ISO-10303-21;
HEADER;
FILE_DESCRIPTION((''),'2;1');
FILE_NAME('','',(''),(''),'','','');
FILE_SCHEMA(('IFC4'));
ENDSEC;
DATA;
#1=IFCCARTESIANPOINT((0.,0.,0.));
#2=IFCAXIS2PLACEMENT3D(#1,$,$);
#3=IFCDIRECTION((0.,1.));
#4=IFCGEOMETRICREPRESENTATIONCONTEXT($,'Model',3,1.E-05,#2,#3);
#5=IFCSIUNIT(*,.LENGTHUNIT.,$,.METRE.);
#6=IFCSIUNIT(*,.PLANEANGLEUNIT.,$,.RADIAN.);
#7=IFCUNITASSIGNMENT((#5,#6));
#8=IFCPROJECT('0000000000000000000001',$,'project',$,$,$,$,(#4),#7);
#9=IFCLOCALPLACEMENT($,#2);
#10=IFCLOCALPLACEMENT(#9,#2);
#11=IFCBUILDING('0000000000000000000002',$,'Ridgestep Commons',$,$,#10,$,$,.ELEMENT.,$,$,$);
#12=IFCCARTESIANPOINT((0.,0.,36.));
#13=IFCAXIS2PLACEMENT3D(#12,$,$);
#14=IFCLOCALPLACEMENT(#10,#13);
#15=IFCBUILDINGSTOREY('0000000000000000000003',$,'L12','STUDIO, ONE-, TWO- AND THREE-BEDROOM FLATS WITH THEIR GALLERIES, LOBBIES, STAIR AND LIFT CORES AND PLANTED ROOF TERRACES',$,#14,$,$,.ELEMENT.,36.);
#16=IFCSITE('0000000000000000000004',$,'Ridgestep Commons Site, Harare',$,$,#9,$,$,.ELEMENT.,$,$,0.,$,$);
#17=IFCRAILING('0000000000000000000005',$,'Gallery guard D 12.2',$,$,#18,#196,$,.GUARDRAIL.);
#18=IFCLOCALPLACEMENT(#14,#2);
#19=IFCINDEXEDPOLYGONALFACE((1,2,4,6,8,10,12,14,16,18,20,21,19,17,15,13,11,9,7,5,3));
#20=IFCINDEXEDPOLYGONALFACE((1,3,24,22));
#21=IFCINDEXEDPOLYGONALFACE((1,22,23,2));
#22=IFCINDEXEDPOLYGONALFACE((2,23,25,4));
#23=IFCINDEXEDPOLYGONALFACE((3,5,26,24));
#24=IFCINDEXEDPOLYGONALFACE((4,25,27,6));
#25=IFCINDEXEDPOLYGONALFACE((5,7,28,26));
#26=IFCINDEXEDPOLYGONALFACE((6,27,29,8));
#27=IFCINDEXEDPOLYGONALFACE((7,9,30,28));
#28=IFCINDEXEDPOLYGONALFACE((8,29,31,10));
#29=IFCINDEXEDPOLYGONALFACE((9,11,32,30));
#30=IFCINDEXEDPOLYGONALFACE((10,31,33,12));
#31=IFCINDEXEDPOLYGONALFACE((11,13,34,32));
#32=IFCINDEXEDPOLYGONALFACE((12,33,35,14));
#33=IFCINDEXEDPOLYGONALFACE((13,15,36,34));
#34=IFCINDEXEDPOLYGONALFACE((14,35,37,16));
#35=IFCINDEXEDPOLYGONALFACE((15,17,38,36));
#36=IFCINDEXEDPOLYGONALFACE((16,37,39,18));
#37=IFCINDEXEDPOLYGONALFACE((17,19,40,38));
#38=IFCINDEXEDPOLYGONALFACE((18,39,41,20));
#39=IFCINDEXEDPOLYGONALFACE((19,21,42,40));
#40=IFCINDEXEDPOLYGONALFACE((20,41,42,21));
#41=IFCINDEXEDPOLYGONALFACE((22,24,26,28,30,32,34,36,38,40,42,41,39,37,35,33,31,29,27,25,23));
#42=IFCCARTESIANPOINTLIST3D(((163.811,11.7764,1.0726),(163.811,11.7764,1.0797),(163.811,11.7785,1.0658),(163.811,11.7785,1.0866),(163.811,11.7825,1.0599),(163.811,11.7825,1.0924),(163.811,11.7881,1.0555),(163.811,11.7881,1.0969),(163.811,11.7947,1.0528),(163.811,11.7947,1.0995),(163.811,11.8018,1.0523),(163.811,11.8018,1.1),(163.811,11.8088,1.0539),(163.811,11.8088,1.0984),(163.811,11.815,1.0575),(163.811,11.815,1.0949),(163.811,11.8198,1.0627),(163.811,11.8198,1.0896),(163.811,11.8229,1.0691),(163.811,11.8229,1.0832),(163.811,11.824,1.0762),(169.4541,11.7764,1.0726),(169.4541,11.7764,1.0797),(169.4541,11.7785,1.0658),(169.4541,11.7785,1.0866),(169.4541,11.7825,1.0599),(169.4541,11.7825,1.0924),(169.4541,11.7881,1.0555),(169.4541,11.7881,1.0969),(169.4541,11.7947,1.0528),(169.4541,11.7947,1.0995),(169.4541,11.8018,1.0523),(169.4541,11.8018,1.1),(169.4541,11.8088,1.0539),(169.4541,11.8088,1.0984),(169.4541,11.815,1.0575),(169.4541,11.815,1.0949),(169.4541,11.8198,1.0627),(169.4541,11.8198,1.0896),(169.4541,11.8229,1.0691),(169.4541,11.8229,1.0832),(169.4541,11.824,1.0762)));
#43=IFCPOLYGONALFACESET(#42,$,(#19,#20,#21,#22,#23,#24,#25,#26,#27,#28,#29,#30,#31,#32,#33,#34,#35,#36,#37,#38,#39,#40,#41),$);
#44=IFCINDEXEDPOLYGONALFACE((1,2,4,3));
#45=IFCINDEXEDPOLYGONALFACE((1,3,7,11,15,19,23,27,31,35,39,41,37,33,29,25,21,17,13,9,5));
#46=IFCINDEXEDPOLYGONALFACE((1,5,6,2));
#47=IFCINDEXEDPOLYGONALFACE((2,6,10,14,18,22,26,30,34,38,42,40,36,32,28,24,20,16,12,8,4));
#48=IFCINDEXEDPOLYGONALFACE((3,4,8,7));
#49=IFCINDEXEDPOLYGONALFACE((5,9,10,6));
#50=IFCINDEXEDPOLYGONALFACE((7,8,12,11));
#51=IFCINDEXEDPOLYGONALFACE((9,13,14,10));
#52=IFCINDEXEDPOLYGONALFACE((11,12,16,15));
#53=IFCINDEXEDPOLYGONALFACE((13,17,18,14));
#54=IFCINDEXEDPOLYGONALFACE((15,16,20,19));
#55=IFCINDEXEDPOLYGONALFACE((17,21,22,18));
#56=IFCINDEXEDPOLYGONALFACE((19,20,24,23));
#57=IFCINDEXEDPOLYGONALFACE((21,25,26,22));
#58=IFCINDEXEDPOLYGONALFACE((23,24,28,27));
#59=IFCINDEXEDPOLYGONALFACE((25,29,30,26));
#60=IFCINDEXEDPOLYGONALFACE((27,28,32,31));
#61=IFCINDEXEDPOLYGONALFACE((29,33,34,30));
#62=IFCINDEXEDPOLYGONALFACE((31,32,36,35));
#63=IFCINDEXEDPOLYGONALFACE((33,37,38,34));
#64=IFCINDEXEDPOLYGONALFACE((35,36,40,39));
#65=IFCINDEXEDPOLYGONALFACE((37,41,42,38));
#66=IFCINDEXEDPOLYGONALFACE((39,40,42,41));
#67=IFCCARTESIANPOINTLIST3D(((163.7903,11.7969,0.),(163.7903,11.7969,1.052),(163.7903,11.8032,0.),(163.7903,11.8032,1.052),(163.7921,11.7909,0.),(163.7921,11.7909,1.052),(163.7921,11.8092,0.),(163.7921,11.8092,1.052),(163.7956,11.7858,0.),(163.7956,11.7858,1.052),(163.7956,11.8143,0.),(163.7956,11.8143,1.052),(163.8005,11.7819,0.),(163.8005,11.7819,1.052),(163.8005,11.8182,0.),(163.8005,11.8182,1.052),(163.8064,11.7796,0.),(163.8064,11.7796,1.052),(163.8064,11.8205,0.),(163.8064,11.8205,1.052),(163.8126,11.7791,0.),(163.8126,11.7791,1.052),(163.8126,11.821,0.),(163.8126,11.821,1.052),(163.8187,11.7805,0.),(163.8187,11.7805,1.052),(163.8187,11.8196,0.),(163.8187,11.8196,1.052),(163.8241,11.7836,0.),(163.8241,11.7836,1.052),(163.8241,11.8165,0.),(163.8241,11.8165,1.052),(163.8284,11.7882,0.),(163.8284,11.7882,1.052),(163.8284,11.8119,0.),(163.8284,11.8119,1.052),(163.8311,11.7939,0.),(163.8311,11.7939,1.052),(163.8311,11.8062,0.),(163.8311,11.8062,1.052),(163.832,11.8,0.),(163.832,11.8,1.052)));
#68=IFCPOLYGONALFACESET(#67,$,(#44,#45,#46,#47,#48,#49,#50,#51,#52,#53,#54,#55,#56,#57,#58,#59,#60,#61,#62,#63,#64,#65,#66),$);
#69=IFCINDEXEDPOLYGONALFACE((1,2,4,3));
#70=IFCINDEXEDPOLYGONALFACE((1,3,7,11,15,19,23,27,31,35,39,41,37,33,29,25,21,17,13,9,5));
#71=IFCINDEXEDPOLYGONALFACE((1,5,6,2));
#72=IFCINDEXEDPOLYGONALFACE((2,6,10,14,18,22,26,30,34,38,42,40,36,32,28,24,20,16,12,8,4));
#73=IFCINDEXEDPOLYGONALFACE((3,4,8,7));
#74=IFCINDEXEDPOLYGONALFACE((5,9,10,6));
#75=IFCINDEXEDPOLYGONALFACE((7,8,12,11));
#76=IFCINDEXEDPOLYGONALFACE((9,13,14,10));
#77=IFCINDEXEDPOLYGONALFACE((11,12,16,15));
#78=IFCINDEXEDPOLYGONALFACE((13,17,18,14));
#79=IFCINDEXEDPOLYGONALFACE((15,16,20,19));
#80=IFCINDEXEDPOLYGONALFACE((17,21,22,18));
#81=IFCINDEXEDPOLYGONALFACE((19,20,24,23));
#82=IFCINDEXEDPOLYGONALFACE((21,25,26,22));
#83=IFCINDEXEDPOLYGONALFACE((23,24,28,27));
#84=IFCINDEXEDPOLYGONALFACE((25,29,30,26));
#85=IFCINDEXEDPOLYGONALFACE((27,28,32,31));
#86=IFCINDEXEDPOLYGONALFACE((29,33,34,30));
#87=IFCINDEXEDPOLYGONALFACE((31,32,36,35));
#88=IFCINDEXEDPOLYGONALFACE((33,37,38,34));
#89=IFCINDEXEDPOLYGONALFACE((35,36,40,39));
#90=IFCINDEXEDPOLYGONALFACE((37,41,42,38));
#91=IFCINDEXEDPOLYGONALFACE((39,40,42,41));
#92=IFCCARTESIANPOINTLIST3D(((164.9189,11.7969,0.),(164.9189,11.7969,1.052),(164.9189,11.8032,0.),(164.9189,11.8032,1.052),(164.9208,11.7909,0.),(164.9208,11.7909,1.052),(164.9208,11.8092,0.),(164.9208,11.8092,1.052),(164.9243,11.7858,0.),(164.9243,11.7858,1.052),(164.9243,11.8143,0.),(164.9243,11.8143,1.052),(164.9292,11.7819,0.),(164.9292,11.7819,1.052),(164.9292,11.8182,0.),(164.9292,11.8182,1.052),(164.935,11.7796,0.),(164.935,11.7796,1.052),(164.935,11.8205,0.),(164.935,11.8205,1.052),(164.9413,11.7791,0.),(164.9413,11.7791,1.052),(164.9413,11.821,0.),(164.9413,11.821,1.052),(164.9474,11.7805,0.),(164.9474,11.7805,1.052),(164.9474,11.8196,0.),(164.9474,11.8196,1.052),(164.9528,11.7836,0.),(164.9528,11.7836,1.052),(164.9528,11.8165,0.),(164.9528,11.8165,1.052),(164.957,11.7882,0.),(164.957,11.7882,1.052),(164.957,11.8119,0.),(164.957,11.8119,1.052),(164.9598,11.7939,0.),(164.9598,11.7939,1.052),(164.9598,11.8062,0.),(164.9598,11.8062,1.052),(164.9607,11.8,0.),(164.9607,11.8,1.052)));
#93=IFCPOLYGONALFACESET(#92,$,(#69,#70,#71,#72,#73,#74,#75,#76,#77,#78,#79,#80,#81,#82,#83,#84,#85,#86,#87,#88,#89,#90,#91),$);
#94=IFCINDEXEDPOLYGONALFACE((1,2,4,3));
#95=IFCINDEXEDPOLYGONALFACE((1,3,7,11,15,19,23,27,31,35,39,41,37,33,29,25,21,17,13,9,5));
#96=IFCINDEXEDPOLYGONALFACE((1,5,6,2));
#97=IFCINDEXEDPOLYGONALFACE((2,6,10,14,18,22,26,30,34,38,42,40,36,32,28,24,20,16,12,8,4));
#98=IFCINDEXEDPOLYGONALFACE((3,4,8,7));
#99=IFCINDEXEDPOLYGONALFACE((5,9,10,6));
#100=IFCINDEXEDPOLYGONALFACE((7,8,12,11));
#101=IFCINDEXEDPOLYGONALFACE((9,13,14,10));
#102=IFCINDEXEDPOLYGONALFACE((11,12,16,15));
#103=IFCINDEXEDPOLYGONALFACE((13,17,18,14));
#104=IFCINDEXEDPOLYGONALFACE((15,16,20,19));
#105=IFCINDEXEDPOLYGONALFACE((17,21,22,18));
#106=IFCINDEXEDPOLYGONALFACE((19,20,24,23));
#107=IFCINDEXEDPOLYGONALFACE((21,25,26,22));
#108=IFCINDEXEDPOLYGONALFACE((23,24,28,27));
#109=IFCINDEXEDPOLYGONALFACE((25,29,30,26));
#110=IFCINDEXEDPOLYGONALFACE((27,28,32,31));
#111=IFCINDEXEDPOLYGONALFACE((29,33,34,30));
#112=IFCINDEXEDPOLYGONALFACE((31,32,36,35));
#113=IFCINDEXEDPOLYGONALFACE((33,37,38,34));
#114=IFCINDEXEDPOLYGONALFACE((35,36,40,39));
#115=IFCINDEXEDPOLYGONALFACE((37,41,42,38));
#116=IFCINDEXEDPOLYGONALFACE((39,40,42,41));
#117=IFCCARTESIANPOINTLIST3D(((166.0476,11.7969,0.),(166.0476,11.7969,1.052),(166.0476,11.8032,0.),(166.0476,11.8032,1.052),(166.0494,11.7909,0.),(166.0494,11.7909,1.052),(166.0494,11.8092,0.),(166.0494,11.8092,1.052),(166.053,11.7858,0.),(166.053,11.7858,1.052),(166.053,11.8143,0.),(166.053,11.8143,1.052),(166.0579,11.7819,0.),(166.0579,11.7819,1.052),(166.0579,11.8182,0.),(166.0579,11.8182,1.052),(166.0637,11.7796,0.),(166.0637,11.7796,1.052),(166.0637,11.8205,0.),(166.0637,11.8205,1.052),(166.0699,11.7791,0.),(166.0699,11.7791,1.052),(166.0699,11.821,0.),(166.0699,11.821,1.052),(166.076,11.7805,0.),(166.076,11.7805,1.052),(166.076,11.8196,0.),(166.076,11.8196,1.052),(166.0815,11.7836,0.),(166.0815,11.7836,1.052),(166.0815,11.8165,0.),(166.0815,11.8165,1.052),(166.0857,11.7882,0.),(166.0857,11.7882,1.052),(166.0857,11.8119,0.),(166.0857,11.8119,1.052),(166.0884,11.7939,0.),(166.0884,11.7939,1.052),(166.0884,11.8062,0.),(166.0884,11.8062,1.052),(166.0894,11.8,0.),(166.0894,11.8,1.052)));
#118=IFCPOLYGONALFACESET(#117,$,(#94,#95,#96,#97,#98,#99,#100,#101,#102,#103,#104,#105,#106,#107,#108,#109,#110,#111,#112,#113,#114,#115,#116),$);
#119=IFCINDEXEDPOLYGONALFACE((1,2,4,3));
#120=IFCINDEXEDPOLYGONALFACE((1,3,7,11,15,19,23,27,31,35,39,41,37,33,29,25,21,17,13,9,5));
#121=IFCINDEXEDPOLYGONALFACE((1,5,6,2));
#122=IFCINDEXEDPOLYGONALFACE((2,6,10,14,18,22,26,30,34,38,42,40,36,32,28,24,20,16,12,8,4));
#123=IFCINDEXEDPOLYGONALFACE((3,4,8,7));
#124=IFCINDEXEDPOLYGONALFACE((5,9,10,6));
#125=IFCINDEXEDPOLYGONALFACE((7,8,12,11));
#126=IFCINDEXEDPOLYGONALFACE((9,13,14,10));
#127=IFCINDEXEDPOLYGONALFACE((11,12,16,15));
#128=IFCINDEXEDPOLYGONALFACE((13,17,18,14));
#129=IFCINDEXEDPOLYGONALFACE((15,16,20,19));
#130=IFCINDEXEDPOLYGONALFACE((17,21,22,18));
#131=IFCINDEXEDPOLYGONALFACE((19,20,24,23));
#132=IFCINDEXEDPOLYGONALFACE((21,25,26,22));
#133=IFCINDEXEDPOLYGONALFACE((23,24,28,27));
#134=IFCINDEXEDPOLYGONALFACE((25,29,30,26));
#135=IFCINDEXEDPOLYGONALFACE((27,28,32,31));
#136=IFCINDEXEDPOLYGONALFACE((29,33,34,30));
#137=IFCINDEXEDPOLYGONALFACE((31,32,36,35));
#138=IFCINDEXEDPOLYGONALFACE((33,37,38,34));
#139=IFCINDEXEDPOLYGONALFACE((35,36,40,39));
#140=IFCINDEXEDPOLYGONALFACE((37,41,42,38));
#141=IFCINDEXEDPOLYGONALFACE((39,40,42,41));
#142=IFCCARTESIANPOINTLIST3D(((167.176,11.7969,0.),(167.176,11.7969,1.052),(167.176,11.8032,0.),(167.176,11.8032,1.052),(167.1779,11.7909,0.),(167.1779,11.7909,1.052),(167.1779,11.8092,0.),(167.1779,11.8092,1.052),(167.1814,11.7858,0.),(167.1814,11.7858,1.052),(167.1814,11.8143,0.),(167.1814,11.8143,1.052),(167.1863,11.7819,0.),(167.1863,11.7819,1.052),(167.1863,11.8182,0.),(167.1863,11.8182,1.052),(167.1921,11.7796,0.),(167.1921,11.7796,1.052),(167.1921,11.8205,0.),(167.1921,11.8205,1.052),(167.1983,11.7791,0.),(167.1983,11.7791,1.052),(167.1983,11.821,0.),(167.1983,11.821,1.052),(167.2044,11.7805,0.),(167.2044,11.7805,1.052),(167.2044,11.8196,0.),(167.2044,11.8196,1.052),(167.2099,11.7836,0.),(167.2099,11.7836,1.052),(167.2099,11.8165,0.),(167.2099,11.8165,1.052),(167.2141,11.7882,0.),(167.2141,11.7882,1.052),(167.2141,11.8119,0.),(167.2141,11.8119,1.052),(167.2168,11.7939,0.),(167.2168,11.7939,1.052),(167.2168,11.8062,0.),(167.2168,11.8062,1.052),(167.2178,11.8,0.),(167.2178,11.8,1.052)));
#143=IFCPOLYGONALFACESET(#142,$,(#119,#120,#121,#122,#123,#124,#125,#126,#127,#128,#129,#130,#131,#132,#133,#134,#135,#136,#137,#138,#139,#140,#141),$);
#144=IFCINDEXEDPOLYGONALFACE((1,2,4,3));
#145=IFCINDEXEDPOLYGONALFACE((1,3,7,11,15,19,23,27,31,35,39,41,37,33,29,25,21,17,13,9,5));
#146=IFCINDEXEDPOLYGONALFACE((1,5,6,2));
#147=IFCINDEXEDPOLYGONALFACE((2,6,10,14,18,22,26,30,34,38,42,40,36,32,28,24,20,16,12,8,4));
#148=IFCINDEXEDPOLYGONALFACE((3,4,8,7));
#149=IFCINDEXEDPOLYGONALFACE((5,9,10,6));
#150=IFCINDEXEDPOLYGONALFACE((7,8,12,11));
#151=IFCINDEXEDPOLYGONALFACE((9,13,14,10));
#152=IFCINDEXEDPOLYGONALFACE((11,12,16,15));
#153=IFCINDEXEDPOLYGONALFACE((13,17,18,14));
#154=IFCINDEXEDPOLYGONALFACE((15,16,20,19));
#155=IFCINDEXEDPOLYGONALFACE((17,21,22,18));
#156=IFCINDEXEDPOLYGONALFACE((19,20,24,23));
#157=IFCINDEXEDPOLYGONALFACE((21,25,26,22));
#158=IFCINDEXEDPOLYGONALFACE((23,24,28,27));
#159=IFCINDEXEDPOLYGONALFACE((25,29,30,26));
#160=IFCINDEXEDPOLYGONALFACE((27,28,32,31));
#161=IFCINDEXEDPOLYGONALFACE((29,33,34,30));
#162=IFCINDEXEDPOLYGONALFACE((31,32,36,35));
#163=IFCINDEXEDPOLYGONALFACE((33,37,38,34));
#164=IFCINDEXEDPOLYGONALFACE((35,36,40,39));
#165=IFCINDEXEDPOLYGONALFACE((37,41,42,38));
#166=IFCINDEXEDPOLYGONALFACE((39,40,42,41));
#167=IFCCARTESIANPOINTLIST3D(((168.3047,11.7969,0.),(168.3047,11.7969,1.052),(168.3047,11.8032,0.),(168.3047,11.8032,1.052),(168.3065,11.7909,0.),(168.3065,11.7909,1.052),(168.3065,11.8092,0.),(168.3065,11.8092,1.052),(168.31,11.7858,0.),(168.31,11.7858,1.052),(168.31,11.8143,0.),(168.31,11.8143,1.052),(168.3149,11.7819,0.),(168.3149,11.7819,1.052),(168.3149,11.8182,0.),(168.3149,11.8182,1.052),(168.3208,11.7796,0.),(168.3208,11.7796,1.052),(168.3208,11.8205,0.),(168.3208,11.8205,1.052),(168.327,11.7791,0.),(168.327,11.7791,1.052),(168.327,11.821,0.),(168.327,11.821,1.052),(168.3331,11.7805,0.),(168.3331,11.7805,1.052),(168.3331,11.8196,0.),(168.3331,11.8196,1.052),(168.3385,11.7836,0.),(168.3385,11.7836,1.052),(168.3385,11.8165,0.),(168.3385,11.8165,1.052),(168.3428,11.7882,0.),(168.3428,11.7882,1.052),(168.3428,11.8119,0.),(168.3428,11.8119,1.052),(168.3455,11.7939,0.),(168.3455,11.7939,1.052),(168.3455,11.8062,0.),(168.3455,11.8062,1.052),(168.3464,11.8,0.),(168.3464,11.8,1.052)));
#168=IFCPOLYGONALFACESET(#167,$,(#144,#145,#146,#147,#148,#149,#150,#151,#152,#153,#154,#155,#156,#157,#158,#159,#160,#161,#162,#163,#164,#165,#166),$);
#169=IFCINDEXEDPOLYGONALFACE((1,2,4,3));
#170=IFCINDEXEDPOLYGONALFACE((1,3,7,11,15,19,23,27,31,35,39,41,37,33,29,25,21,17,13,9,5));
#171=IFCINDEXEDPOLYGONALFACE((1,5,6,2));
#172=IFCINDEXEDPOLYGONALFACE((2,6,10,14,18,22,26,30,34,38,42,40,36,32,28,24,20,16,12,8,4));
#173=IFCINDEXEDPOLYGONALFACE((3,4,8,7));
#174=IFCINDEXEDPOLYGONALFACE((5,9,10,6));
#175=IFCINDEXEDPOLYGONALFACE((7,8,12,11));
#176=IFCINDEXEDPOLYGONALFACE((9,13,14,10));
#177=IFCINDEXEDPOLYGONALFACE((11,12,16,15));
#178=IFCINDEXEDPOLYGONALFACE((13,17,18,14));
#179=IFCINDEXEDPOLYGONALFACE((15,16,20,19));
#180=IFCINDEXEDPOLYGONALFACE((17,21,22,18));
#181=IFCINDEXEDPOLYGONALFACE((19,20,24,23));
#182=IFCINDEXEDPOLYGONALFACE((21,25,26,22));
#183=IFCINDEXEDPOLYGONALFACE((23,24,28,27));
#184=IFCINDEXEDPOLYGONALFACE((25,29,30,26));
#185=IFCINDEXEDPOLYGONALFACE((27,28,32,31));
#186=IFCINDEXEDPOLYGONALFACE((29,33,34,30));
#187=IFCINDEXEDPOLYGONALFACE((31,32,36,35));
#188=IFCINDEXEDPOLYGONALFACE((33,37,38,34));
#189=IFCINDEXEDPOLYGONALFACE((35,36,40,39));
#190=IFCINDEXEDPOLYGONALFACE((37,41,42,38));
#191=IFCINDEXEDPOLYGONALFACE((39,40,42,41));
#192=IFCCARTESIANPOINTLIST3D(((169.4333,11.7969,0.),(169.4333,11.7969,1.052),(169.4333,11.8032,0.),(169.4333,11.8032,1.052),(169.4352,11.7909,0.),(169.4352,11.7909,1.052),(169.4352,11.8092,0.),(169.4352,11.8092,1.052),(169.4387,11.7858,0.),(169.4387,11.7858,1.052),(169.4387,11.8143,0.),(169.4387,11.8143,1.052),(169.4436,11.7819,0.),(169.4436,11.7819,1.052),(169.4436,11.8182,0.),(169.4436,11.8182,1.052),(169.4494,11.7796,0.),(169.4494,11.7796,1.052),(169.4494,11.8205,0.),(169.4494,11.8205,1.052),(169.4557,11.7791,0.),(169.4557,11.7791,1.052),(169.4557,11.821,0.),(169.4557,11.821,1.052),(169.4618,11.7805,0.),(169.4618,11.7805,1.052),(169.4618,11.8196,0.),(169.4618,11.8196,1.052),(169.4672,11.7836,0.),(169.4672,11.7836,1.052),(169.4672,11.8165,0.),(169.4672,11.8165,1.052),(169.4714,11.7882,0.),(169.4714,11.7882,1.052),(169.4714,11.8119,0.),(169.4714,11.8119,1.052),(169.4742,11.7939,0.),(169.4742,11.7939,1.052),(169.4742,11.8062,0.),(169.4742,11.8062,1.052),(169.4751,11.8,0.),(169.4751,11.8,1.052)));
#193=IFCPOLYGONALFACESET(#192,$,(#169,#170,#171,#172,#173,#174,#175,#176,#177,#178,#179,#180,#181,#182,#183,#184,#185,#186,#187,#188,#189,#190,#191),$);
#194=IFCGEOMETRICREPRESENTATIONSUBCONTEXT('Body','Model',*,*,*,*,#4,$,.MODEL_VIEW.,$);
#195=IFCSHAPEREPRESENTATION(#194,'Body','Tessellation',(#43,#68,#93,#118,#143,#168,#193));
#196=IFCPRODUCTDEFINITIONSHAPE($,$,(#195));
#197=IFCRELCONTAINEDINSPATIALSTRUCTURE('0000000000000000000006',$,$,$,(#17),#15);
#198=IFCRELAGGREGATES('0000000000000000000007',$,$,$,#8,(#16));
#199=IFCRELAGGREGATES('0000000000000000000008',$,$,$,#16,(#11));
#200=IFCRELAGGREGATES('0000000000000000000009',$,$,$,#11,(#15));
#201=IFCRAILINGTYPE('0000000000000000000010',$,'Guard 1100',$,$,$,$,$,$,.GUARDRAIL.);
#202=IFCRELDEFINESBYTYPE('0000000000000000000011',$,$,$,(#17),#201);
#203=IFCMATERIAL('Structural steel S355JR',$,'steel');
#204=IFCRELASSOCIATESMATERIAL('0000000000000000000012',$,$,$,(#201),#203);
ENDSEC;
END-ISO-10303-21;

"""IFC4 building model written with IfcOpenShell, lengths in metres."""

from ifc_helpers import new_model, si_unit, direction, frame, origin, origin_2d, place, context, subcontext, project, spatial, circle, extrude, material, type_object, element, save


model = new_model("IFC4")

# Units and contexts
model_context = context("Model", 3, precision=1e-05, world=origin(), true_north=direction((0.0, 1.0)))
body_context = subcontext(model_context, "Body", "Model", "MODEL_VIEW")
ifc_project = project(units=[si_unit("LENGTHUNIT", "METRE"), si_unit("PLANEANGLEUNIT", "RADIAN")], contexts=[model_context])

# Site, building, storey
site_placement = place(None, origin())
site = spatial("IfcSite", under=ifc_project, at=site_placement, Name="Ridgestep Commons Site, Harare", CompositionType="ELEMENT", RefElevation=0.0)
building_placement = place(site_placement, origin())
building = spatial("IfcBuilding", under=site, at=building_placement, Name="Ridgestep Commons", CompositionType="ELEMENT")
storey_placement = place(building_placement, frame((0.0, 0.0, 36.0)))
storey = spatial("IfcBuildingStorey", under=building, at=storey_placement, Name="L12", Description="STUDIO, ONE-, TWO- AND THREE-BEDROOM FLATS WITH THEIR GALLERIES, LOBBIES, STAIR AND LIFT CORES AND PLANTED ROOF TERRACES", CompositionType="ELEMENT", Elevation=36.0)

# Railing
ifc_material_1 = material(Name="Structural steel S355JR", Category="steel")
railing_type_1 = type_object("IfcRailingType", Name="Guard 1100", PredefinedType="GUARDRAIL", material=ifc_material_1)
railing_1_placement = place(storey_placement, frame((163.811, 11.8, 0.0)))
element("IfcRailing", 1, at=railing_1_placement, inside=storey, type_object=railing_type_1, Name="Gallery guard D 12.2", PredefinedType="GUARDRAIL", context=body_context, shape_type="SweptSolid", body=[
    extrude(circle(Radius=0.0239, at=origin_2d()), frame((0.0, 0.0, 1.0762), z_axis=(1.0, 0.0, 0.0), x_axis=(0.0, 1.0, 0.0)), (0.0, 0.0, 1.0), 5.6431),
    extrude(circle(Radius=0.021, at=origin_2d()), origin(), (0.0, 0.0, 1.0), 1.052),
    extrude(circle(Radius=0.021, at=origin_2d()), frame((1.1287, 0.0, 0.0)), (0.0, 0.0, 1.0), 1.052),
    extrude(circle(Radius=0.021, at=origin_2d()), frame((2.2573, 0.0, 0.0)), (0.0, 0.0, 1.0), 1.052),
    extrude(circle(Radius=0.021, at=origin_2d()), frame((3.3857, 0.0, 0.0)), (0.0, 0.0, 1.0), 1.052),
    extrude(circle(Radius=0.021, at=origin_2d()), frame((4.5144, 0.0, 0.0)), (0.0, 0.0, 1.0), 1.052),
    extrude(circle(Radius=0.021, at=origin_2d()), frame((5.6431, 0.0, 0.0)), (0.0, 0.0, 1.0), 1.052),
])

save(model, "model.ifc")
